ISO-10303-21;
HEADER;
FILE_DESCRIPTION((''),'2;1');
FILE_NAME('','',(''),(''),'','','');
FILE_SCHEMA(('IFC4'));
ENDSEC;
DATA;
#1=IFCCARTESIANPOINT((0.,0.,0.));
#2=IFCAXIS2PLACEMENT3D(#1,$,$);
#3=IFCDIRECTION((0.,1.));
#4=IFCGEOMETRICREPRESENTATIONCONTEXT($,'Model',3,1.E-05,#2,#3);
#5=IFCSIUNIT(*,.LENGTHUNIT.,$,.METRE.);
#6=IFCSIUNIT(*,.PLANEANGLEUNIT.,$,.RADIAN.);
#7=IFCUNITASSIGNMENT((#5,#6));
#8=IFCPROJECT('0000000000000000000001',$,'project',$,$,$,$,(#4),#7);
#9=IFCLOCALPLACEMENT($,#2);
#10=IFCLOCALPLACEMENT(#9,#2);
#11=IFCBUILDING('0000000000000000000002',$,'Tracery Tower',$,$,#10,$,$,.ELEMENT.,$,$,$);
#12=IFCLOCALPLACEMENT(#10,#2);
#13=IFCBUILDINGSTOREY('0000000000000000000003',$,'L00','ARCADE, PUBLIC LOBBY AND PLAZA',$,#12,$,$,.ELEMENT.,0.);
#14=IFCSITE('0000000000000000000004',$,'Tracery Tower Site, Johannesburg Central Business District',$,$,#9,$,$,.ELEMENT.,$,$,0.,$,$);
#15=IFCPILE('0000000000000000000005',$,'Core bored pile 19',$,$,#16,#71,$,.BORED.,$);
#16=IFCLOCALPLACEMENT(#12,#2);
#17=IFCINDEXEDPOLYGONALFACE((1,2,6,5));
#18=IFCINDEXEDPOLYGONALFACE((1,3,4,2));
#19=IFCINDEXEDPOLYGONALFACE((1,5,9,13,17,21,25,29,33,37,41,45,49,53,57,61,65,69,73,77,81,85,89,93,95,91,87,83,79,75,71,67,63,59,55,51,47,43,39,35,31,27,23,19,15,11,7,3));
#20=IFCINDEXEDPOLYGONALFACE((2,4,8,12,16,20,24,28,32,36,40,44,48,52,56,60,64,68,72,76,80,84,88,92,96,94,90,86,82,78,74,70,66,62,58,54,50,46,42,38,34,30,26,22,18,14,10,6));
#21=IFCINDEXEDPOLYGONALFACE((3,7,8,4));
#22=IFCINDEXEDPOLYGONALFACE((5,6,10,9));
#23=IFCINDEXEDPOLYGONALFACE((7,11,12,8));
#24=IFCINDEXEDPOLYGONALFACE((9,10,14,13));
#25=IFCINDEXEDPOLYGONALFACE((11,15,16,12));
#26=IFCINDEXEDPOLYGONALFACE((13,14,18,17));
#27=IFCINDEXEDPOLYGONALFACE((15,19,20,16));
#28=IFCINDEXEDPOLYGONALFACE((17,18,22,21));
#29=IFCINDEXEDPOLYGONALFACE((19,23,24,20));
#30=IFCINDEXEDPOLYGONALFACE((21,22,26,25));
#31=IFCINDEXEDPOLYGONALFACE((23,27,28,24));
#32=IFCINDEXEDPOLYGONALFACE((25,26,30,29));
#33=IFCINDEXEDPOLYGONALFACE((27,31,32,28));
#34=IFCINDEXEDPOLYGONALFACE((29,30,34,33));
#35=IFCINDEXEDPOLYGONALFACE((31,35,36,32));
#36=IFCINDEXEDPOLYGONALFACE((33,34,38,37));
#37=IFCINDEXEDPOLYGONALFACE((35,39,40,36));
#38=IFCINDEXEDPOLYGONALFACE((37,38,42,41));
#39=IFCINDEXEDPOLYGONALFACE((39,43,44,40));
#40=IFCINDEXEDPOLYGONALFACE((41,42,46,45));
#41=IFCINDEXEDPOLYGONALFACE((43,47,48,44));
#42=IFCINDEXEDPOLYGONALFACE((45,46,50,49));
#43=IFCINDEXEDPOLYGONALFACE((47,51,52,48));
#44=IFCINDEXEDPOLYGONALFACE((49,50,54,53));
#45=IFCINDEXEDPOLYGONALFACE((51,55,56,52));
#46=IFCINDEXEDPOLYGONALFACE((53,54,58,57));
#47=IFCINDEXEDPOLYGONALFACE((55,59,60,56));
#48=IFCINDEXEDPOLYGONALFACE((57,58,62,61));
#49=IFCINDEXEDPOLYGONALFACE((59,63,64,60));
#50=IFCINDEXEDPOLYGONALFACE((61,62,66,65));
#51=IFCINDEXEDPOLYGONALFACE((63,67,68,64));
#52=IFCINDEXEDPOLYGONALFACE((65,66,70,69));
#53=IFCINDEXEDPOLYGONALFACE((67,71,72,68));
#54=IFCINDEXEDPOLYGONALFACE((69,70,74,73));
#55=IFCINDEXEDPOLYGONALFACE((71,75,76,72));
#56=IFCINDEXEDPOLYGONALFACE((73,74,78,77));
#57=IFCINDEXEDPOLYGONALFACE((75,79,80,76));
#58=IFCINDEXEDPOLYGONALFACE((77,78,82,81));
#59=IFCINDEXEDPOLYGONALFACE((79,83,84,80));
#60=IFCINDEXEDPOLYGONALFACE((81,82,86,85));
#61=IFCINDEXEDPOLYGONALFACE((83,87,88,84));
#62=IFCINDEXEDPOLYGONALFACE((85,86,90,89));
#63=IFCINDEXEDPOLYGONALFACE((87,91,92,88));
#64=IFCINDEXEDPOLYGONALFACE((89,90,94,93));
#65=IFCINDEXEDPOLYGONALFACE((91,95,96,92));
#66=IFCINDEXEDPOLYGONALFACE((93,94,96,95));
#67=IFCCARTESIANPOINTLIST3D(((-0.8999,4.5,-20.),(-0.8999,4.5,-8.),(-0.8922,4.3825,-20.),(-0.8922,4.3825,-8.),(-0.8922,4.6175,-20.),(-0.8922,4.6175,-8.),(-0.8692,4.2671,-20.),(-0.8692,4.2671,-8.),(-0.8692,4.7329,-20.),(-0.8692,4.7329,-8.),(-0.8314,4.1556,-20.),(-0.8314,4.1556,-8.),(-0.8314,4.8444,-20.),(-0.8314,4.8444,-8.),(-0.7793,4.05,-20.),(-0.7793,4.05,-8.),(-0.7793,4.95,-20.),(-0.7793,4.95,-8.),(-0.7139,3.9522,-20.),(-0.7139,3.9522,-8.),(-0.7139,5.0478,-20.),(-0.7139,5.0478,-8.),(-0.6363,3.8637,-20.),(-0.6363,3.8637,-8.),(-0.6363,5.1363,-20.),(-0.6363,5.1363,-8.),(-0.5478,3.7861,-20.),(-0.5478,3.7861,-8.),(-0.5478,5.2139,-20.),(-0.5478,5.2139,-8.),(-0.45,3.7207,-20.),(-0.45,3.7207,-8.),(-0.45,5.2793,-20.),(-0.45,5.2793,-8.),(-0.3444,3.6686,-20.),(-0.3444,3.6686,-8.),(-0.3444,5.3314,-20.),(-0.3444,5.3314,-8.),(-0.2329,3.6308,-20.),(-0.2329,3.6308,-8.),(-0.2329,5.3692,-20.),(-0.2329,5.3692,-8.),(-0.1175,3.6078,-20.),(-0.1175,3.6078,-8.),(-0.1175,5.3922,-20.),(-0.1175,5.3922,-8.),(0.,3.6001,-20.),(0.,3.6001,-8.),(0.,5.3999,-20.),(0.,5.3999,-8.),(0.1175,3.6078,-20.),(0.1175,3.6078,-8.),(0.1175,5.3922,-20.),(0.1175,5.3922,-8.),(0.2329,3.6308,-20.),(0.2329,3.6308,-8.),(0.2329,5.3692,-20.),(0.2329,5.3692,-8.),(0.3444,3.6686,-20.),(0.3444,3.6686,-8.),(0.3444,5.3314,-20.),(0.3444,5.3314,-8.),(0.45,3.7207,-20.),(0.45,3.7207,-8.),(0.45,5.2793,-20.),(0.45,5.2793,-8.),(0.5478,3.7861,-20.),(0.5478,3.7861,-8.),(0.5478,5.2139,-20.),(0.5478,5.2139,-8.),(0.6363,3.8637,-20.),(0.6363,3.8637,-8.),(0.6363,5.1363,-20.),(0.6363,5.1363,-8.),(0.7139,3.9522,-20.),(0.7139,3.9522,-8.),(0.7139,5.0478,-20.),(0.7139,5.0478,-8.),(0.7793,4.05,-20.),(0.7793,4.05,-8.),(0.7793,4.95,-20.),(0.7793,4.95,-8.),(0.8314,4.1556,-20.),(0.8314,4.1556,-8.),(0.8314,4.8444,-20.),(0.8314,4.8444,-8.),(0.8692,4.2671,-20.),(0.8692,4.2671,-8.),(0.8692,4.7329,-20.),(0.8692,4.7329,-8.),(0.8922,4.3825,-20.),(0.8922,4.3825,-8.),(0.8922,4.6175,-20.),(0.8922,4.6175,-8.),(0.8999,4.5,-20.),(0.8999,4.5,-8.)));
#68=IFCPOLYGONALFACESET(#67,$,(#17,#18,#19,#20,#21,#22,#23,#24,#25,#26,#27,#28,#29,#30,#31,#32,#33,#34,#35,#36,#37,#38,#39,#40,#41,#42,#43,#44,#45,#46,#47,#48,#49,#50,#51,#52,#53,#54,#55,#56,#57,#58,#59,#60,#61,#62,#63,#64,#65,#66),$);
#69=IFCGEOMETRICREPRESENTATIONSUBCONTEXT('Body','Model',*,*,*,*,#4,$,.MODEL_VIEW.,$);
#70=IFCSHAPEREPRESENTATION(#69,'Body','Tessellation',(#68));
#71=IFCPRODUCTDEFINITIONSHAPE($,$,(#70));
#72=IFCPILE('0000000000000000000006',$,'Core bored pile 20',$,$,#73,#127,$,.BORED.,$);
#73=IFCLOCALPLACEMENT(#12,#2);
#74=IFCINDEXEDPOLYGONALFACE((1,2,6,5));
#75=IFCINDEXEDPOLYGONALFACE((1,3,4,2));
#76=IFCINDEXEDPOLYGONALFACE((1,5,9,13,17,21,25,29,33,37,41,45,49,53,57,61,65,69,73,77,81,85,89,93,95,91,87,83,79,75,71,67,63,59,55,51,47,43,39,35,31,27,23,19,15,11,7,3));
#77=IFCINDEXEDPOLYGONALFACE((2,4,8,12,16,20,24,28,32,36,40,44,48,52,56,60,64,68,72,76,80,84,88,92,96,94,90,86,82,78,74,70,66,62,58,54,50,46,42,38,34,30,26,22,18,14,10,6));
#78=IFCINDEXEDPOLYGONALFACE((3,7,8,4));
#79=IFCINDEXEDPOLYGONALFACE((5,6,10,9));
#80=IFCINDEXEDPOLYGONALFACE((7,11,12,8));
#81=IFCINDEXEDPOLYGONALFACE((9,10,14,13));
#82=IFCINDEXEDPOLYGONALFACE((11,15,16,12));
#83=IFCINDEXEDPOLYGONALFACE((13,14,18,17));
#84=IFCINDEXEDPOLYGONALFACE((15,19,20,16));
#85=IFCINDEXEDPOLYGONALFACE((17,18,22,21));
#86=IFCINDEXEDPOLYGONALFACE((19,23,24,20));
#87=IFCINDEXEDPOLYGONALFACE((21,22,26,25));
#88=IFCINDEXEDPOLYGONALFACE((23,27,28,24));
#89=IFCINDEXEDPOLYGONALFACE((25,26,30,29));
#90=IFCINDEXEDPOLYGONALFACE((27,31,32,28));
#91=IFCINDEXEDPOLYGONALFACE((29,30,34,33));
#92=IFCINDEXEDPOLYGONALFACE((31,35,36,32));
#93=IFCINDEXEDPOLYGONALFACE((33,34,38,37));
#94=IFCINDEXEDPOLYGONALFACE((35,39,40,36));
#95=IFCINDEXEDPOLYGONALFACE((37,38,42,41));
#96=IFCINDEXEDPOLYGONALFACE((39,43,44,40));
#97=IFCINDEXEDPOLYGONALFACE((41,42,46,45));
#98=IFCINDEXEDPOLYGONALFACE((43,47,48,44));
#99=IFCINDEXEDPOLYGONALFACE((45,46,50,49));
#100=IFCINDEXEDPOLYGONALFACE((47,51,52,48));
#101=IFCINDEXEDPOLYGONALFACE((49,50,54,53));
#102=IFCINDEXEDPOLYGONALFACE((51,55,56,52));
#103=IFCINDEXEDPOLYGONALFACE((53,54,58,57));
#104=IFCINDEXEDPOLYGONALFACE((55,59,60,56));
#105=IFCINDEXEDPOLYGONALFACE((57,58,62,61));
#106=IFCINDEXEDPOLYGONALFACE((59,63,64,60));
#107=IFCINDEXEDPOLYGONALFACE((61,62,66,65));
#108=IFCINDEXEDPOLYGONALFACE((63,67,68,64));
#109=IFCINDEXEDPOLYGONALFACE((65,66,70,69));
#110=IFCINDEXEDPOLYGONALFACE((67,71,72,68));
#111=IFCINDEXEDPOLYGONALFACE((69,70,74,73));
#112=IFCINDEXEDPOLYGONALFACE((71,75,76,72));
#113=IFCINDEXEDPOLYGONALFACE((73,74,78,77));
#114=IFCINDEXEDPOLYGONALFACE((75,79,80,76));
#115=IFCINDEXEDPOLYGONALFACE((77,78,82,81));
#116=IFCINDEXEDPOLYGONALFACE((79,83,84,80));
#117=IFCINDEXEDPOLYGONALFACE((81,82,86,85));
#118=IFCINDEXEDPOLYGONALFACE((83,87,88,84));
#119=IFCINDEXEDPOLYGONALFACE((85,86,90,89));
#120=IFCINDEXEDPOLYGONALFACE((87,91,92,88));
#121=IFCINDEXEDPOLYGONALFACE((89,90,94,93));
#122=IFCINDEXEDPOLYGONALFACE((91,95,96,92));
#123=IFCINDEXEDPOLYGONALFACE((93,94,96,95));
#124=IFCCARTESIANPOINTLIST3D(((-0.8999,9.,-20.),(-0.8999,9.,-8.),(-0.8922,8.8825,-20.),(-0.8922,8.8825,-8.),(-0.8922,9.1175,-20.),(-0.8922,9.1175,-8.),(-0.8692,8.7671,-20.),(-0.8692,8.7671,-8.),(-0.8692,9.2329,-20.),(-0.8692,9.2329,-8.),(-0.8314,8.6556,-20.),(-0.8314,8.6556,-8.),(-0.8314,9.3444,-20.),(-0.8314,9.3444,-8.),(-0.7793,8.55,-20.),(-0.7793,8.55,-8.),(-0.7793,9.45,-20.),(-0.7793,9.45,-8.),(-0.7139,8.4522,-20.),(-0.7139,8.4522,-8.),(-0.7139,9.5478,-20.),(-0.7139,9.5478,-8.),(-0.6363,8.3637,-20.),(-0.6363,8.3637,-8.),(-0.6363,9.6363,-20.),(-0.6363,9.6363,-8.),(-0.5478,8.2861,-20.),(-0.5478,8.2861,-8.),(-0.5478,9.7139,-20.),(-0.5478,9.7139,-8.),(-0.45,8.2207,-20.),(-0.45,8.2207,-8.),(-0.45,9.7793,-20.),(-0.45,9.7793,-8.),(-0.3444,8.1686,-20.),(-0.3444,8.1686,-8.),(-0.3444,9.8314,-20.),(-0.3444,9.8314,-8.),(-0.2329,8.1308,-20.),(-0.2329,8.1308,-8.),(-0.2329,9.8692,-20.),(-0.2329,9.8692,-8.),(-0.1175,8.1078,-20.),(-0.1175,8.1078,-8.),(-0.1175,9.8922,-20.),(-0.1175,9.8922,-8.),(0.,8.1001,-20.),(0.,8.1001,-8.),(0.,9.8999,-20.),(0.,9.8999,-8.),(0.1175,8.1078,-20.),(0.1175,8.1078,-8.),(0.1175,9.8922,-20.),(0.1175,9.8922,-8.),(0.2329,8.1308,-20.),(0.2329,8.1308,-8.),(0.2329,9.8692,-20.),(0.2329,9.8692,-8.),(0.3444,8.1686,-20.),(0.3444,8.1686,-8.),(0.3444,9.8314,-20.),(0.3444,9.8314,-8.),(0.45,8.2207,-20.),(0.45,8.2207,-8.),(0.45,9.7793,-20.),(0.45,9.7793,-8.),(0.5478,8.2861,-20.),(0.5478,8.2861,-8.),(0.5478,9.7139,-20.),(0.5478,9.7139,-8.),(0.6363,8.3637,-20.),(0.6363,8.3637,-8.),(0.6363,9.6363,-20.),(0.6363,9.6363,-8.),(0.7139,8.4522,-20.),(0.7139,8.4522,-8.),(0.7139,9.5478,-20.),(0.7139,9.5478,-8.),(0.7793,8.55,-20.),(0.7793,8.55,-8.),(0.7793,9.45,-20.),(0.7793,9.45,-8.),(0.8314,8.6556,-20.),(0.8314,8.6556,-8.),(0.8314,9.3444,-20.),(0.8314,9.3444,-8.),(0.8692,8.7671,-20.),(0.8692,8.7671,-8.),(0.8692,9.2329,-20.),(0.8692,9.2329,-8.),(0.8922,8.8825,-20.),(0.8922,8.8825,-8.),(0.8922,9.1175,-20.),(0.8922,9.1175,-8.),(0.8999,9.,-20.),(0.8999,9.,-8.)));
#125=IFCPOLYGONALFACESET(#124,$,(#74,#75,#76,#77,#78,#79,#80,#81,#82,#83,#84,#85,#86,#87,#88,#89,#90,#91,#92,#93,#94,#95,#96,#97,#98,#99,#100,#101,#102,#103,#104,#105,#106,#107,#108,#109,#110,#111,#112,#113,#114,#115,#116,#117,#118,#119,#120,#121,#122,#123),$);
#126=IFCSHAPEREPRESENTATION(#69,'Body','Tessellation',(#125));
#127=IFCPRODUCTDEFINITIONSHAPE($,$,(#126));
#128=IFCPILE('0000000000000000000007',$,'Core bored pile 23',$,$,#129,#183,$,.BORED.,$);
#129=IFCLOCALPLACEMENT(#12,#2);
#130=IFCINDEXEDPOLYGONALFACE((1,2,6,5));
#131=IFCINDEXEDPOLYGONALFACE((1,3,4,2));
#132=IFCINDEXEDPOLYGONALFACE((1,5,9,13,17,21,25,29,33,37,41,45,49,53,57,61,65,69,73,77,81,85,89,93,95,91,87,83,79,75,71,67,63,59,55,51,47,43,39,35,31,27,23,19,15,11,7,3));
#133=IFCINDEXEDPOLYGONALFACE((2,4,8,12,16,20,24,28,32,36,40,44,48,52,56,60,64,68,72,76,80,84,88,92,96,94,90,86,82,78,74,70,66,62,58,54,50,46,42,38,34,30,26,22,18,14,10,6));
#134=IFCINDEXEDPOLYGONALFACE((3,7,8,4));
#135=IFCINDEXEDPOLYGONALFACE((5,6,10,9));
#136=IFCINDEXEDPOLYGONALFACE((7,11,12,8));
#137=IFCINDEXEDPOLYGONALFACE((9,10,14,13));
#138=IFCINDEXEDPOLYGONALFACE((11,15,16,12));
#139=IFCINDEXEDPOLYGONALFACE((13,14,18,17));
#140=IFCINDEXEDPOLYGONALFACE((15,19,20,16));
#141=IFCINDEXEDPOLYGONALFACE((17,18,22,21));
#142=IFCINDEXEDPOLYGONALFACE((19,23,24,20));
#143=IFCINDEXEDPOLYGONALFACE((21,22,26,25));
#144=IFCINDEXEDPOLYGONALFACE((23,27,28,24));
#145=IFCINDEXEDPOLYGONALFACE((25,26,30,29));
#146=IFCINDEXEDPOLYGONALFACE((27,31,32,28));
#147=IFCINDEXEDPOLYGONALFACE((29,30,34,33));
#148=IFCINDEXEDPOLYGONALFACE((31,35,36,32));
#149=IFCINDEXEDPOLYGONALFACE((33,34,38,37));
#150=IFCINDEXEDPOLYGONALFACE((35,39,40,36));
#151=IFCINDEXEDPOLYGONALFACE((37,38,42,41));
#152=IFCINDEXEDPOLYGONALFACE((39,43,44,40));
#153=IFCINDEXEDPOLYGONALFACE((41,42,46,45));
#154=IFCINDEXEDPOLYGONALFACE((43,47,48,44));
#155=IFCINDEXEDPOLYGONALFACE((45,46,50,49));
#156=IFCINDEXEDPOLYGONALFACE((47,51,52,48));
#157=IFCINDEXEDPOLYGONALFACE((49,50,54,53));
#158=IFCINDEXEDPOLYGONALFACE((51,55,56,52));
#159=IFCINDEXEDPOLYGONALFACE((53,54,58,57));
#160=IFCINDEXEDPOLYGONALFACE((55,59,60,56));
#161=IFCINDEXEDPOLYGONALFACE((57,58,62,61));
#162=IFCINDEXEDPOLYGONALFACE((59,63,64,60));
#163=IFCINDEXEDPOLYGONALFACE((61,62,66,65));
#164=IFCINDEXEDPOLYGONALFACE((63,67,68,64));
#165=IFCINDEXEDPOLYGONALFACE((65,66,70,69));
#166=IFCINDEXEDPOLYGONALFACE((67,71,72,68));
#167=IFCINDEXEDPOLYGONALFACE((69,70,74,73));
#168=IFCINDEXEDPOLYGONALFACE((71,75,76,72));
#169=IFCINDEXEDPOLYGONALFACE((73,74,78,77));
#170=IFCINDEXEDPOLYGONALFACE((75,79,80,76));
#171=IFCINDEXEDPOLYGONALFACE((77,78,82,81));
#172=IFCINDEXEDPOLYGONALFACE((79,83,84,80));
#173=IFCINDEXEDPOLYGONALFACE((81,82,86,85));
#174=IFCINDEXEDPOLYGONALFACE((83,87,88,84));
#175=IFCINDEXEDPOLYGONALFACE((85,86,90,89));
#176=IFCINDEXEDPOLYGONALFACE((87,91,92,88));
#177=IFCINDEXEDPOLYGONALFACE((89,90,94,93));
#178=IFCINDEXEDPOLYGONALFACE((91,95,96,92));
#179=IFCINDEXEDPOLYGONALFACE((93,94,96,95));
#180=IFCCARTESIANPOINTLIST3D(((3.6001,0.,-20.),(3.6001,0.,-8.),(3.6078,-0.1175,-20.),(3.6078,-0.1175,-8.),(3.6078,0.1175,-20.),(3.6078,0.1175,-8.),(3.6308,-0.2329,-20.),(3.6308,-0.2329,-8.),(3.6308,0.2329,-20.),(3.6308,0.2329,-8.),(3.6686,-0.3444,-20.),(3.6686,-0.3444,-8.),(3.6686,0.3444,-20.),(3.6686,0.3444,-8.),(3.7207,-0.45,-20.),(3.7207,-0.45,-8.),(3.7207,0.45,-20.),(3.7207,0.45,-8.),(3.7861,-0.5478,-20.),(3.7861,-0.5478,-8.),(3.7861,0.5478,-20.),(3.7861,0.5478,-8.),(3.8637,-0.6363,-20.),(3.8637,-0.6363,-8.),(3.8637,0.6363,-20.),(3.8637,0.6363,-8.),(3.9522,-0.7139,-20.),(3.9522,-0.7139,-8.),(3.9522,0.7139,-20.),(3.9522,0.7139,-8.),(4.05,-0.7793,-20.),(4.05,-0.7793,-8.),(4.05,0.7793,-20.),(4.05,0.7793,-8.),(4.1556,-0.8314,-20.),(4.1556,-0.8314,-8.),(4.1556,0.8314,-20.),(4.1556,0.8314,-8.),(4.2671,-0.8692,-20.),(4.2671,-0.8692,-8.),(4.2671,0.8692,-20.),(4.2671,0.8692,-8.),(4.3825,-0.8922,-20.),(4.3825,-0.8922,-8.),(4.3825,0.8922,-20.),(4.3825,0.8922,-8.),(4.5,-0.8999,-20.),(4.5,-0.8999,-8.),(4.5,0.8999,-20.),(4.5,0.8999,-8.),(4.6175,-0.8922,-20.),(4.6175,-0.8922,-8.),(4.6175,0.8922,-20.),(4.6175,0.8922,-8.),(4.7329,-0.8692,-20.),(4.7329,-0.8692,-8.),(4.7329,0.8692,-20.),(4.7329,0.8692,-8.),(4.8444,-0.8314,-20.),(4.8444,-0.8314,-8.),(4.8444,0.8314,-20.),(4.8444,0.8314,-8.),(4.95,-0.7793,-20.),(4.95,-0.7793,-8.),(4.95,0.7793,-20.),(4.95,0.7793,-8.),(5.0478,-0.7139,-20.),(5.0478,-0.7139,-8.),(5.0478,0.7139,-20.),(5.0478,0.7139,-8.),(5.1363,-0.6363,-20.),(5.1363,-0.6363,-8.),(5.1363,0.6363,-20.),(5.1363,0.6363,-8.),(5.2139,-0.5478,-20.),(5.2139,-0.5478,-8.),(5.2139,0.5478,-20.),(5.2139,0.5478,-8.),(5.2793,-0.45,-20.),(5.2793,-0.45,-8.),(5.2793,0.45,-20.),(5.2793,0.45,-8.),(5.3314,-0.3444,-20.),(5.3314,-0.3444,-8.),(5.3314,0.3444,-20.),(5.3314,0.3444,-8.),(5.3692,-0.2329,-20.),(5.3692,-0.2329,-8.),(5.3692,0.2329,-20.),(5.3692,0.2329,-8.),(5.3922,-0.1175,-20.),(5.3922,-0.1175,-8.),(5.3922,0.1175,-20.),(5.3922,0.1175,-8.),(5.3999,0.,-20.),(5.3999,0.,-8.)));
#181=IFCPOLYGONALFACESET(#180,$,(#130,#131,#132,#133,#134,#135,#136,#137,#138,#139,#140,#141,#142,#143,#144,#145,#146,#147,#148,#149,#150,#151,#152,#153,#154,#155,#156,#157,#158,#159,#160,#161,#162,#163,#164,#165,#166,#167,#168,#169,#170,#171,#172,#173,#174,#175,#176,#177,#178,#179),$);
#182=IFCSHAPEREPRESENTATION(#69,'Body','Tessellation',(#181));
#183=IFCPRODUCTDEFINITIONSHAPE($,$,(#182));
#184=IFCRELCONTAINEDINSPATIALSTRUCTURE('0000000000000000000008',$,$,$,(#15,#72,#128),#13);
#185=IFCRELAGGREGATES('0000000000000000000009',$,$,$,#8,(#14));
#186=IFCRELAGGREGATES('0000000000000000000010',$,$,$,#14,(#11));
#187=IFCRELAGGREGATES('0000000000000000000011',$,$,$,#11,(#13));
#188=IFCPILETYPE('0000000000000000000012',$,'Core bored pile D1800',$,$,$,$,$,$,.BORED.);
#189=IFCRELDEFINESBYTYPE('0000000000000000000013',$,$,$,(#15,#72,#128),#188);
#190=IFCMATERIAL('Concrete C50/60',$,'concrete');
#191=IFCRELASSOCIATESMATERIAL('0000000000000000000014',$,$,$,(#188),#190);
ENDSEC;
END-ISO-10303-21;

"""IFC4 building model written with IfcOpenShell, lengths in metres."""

from ifc_helpers import new_model, si_unit, direction, frame, origin, origin_2d, place, context, subcontext, project, spatial, circle, extrude, material, material_profile, profile_set, type_object, element, save


model = new_model("IFC4")

# Units and contexts
model_context = context("Model", 3, precision=1e-05, world=origin(), true_north=direction((0.0, 1.0)))
body_context = subcontext(model_context, "Body", "Model", "MODEL_VIEW")
ifc_project = project(units=[si_unit("LENGTHUNIT", "METRE"), si_unit("PLANEANGLEUNIT", "RADIAN")], contexts=[model_context])

# Site, building, storey
site_placement = place(None, origin())
site = spatial("IfcSite", under=ifc_project, at=site_placement, Name="Tracery Tower Site, Johannesburg Central Business District", CompositionType="ELEMENT", RefElevation=0.0)
building_placement = place(site_placement, origin())
building = spatial("IfcBuilding", under=site, at=building_placement, Name="Tracery Tower", CompositionType="ELEMENT")
storey_placement = place(building_placement, origin())
storey = spatial("IfcBuildingStorey", under=building, at=storey_placement, Name="L00", Description="ARCADE, PUBLIC LOBBY AND PLAZA", CompositionType="ELEMENT", Elevation=0.0)

# Piles
ifc_material_1 = material(Name="Concrete C50/60", Category="concrete")
ifc_material_profile = material_profile(ifc_material_1, circle(Radius=0.8999, at=origin_2d()), Name="RC D1800")
ifc_profile_set = profile_set([ifc_material_profile], Name="Concrete C50/60")
pile_type = type_object("IfcPileType", Name="Core bored pile D1800", PredefinedType="BORED", material=ifc_profile_set)
for number, where, z_axis, x_axis, name in (
    (1, (0.0, 4.5, -8.0), (0.0, 0.0, -1.0), (1.0, 0.0, 0.0), "Core bored pile 19"),
    (2, (0.0, 9.0, -8.0), (0.0, 0.0, -1.0), (1.0, 0.0, 0.0), "Core bored pile 20"),
    (3, (4.5, 0.0, -8.0), (0.0, 0.0, -1.0), (1.0, 0.0, 0.0), "Core bored pile 23"),
):
    element("IfcPile", number, at=place(storey_placement, frame(where, z_axis=z_axis, x_axis=x_axis)), inside=storey, type_object=pile_type, Name=name, PredefinedType="BORED", context=body_context, shape_type="SweptSolid", body=[
        extrude(circle(Radius=0.8999, at=origin_2d()), origin(), (0.0, 0.0, 1.0), 12.0),
    ])

save(model, "model.ifc")
